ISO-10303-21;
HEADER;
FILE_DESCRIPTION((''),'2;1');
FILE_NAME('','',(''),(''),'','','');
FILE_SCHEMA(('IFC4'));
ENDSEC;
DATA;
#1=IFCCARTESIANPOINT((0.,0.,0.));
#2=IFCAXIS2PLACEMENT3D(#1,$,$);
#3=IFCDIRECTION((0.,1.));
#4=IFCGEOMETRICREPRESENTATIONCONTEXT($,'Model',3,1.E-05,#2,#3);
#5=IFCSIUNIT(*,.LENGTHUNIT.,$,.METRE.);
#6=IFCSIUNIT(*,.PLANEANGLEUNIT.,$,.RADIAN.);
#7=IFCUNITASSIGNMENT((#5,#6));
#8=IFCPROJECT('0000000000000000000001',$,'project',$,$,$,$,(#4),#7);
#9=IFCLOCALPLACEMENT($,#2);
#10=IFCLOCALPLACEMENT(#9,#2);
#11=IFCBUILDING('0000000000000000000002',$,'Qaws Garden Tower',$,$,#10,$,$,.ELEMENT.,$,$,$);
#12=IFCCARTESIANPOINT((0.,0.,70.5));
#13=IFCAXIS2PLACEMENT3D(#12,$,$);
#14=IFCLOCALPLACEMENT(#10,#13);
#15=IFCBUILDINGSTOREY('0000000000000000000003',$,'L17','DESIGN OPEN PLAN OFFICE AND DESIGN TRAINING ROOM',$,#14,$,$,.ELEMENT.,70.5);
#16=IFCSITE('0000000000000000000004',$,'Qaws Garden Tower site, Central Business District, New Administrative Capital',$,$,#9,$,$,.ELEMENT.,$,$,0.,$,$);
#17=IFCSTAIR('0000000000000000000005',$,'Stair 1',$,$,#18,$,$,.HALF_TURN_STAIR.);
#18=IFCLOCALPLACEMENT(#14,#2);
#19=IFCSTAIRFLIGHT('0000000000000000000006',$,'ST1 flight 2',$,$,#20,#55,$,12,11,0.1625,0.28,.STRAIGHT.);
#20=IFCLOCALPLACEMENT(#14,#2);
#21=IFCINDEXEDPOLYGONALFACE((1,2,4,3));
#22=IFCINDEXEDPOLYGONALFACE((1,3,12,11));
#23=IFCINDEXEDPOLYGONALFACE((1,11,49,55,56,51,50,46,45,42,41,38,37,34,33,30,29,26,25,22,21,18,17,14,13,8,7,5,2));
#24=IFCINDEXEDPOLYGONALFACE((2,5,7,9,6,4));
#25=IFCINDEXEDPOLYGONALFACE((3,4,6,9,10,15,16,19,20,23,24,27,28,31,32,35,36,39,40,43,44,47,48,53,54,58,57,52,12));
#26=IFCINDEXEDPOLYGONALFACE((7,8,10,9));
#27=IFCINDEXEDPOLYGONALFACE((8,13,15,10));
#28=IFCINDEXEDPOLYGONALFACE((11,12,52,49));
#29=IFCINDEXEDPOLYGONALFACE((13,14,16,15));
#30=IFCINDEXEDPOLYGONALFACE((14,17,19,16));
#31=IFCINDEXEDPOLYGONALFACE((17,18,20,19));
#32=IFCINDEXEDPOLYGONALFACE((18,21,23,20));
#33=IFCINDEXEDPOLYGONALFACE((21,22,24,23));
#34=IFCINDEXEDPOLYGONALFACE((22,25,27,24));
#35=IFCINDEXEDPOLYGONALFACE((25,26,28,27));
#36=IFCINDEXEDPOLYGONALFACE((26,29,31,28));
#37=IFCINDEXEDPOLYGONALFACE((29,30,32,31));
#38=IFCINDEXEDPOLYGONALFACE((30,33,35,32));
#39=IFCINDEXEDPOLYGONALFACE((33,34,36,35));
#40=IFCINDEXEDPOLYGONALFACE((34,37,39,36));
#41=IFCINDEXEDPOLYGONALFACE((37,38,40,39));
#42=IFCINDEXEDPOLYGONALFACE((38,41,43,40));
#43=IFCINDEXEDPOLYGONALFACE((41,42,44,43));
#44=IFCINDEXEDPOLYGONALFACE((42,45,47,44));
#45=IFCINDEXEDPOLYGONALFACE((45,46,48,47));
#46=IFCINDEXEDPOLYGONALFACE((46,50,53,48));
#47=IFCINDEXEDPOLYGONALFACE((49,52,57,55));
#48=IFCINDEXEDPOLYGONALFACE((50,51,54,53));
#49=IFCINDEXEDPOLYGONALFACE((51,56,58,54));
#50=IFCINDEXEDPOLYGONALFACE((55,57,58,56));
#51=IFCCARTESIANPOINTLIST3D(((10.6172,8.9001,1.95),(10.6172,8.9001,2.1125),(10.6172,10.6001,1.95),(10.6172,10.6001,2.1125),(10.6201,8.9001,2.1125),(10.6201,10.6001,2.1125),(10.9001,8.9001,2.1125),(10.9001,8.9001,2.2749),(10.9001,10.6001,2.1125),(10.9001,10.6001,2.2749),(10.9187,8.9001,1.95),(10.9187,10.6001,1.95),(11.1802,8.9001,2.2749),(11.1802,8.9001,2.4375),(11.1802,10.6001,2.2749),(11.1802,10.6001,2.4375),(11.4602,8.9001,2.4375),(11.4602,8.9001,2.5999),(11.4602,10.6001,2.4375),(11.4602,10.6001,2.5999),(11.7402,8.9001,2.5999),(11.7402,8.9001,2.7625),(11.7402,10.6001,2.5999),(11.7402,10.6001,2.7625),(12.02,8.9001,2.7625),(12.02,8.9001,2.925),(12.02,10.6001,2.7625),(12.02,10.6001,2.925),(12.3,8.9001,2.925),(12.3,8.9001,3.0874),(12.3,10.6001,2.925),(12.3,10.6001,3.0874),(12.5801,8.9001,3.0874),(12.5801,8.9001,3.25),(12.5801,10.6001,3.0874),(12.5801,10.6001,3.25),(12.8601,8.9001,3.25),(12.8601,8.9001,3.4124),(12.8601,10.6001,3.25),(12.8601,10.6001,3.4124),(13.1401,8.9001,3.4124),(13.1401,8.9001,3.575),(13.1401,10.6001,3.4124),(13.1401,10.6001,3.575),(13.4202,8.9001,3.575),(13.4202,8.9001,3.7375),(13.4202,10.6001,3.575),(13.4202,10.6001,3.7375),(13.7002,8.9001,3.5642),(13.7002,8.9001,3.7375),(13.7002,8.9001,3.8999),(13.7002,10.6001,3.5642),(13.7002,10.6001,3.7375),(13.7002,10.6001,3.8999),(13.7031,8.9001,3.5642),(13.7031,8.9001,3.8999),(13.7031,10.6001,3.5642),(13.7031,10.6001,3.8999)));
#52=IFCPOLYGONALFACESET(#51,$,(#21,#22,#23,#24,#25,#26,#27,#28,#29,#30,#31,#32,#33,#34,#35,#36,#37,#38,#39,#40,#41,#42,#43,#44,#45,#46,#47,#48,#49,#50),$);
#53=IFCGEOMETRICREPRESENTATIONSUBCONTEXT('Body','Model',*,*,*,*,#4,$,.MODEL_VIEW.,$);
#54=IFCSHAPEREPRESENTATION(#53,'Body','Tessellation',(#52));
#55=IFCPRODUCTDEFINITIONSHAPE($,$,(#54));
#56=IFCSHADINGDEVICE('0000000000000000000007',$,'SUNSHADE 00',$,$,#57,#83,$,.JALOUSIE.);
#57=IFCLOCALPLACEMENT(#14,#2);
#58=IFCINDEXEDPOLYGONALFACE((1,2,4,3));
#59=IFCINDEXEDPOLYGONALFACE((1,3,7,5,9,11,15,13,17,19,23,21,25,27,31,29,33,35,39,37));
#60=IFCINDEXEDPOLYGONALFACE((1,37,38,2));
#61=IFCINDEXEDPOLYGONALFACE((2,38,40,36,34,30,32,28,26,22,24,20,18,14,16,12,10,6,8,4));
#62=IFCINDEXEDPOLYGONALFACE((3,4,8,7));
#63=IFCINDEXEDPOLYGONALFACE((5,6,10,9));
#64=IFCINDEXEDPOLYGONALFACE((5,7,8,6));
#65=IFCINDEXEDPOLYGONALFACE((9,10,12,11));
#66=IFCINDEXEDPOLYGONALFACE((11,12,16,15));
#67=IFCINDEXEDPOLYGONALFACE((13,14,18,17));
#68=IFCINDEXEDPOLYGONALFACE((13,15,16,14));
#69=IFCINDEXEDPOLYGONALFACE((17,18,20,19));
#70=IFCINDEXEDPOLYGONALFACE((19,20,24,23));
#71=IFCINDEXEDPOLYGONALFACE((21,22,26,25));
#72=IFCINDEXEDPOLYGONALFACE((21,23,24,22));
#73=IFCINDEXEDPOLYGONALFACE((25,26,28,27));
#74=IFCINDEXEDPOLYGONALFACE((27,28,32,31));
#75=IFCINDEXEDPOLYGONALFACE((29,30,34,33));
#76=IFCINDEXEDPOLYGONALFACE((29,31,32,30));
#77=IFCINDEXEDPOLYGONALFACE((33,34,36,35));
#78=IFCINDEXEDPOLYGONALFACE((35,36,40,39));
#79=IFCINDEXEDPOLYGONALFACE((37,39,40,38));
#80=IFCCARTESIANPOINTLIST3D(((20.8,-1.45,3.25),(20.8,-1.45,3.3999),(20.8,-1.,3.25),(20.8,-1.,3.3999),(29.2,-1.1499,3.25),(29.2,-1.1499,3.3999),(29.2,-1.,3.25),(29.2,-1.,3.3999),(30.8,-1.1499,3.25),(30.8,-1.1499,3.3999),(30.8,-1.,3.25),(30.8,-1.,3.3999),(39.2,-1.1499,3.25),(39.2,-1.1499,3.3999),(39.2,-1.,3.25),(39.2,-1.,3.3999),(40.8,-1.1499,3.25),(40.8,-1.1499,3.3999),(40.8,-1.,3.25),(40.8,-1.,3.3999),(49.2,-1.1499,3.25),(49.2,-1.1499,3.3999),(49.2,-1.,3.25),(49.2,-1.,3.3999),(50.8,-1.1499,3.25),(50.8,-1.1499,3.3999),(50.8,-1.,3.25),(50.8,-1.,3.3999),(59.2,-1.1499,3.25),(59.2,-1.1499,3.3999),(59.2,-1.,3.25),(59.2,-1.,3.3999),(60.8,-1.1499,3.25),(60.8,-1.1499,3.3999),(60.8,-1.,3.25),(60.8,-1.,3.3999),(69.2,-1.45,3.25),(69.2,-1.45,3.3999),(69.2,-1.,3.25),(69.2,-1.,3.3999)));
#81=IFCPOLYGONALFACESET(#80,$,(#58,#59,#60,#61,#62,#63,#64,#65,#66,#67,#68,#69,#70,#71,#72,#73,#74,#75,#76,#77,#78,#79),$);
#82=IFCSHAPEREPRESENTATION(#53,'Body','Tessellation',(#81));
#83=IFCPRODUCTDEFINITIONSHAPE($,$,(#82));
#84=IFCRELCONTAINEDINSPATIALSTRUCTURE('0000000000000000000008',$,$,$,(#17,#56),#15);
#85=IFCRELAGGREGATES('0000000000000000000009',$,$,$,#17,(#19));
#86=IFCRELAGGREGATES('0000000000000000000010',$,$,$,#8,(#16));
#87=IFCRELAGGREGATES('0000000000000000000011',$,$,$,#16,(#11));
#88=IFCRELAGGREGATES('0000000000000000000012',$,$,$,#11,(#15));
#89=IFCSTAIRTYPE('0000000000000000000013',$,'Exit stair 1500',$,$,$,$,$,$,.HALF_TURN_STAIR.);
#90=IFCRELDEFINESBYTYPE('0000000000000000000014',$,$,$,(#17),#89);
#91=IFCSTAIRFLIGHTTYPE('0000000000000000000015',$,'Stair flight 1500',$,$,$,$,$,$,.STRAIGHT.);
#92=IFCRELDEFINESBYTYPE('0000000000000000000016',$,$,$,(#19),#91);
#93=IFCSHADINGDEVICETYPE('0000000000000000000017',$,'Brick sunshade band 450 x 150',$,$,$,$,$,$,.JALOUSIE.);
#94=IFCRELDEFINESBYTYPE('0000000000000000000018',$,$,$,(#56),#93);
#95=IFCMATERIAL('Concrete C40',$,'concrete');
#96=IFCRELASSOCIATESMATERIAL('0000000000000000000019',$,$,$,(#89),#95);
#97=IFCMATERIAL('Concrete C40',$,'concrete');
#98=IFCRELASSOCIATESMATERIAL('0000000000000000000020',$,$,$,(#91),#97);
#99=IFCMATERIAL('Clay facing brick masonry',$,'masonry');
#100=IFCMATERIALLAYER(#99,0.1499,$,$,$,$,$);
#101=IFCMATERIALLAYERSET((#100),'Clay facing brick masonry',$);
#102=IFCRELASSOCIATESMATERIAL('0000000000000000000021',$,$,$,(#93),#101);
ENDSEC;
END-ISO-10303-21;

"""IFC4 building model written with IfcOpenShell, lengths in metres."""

from ifc_helpers import new_model, si_unit, direction, frame, origin, place, context, subcontext, project, spatial, polyline, outline, extrude, material, layer, layer_set, type_object, element, aggregate, save


model = new_model("IFC4")

# Units and contexts
model_context = context("Model", 3, precision=1e-05, world=origin(), true_north=direction((0.0, 1.0)))
body_context = subcontext(model_context, "Body", "Model", "MODEL_VIEW")
ifc_project = project(units=[si_unit("LENGTHUNIT", "METRE"), si_unit("PLANEANGLEUNIT", "RADIAN")], contexts=[model_context])

# Site, building, storey
site_placement = place(None, origin())
site = spatial("IfcSite", under=ifc_project, at=site_placement, Name="Qaws Garden Tower site, Central Business District, New Administrative Capital", CompositionType="ELEMENT", RefElevation=0.0)
building_placement = place(site_placement, origin())
building = spatial("IfcBuilding", under=site, at=building_placement, Name="Qaws Garden Tower", CompositionType="ELEMENT")
storey_placement = place(building_placement, frame((0.0, 0.0, 70.5)))
storey = spatial("IfcBuildingStorey", under=building, at=storey_placement, Name="L17", Description="DESIGN OPEN PLAN OFFICE AND DESIGN TRAINING ROOM", CompositionType="ELEMENT", Elevation=70.5)

# Stair
ifc_material_1 = material(Name="Concrete C40", Category="concrete")
stair_type_1 = type_object("IfcStairType", Name="Exit stair 1500", PredefinedType="HALF_TURN_STAIR", material=ifc_material_1)
placement_1 = place(storey_placement, origin())
stair_1 = element("IfcStair", 1, at=placement_1, inside=storey, type_object=stair_type_1, Name="Stair 1", PredefinedType="HALF_TURN_STAIR")

# Stair flight
ifc_material_2 = material(Name="Concrete C40", Category="concrete")
stair_flight_type = type_object("IfcStairFlightType", Name="Stair flight 1500", PredefinedType="STRAIGHT", material=ifc_material_2)
stair_flight_placement = place(storey_placement, frame((10.6201, 9.75, 1.95), z_axis=(0.0, 0.0, 1.0), x_axis=(1.0, 0.0, 0.0)))
stair_flight = element("IfcStairFlight", 2, at=stair_flight_placement, type_object=stair_flight_type, Name="ST1 flight 2", NumberOfRisers=12, NumberOfTreads=11, PredefinedType="STRAIGHT", RiserHeight=0.1625, TreadLength=0.28, context=body_context, shape_type="SweptSolid", body=[
    extrude(outline(polyline([(-0.0029, 0.0), (-0.0029, 0.1626), (0.0, 0.1626), (0.28, 0.1626), (0.28, 0.325), (0.5601, 0.325), (0.5601, 0.4875), (0.8401, 0.4875), (0.8401, 0.6499), (1.1201, 0.6499), (1.1201, 0.8125), (1.3999, 0.8125), (1.3999, 0.9751), (1.6799, 0.9751), (1.6799, 1.1375), (1.96, 1.1375), (1.96, 1.3), (2.24, 1.3), (2.24, 1.4624), (2.52, 1.4624), (2.52, 1.625), (2.8, 1.625), (2.8, 1.7876), (3.0801, 1.7876), (3.0801, 1.95), (3.083, 1.95), (3.083, 1.6143), (3.0801, 1.6143), (0.2986, 0.0), (-0.0029, 0.0)])), frame((0.0, 0.8501, 0.0), z_axis=(0.0, -1.0, 0.0), x_axis=(1.0, 0.0, 0.0)), (0.0, 0.0, 1.0), 1.7),
])
aggregate(stair_1, [stair_flight])

# Shading device
ifc_material_3 = material(Name="Clay facing brick masonry", Category="masonry")
ifc_layer_1 = layer(ifc_material_3, 0.1499)
ifc_layer_set_1 = layer_set([ifc_layer_1], Name="Clay facing brick masonry")
shading_device_type = type_object("IfcShadingDeviceType", Name="Brick sunshade band 450 x 150", PredefinedType="JALOUSIE", material=ifc_layer_set_1)
shading_device_placement = place(storey_placement, frame((0.0, 0.0, 3.25)))
element("IfcShadingDevice", 3, at=shading_device_placement, inside=storey, type_object=shading_device_type, Name="SUNSHADE 00", PredefinedType="JALOUSIE", context=body_context, shape_type="SweptSolid", body=[
    extrude(outline(polyline([(20.8, -1.0), (20.8, -1.45), (69.2, -1.45), (69.2, -1.0), (60.8, -1.0), (60.8, -1.1499), (59.2, -1.1499), (59.2, -1.0), (50.8, -1.0), (50.8, -1.1499), (49.2, -1.1499), (49.2, -1.0), (40.8, -1.0), (40.8, -1.1499), (39.2, -1.1499), (39.2, -1.0), (30.8, -1.0), (30.8, -1.1499), (29.2, -1.1499), (29.2, -1.0), (20.8, -1.0)])), origin(), (0.0, 0.0, 1.0), 0.1499),
])

save(model, "model.ifc")
